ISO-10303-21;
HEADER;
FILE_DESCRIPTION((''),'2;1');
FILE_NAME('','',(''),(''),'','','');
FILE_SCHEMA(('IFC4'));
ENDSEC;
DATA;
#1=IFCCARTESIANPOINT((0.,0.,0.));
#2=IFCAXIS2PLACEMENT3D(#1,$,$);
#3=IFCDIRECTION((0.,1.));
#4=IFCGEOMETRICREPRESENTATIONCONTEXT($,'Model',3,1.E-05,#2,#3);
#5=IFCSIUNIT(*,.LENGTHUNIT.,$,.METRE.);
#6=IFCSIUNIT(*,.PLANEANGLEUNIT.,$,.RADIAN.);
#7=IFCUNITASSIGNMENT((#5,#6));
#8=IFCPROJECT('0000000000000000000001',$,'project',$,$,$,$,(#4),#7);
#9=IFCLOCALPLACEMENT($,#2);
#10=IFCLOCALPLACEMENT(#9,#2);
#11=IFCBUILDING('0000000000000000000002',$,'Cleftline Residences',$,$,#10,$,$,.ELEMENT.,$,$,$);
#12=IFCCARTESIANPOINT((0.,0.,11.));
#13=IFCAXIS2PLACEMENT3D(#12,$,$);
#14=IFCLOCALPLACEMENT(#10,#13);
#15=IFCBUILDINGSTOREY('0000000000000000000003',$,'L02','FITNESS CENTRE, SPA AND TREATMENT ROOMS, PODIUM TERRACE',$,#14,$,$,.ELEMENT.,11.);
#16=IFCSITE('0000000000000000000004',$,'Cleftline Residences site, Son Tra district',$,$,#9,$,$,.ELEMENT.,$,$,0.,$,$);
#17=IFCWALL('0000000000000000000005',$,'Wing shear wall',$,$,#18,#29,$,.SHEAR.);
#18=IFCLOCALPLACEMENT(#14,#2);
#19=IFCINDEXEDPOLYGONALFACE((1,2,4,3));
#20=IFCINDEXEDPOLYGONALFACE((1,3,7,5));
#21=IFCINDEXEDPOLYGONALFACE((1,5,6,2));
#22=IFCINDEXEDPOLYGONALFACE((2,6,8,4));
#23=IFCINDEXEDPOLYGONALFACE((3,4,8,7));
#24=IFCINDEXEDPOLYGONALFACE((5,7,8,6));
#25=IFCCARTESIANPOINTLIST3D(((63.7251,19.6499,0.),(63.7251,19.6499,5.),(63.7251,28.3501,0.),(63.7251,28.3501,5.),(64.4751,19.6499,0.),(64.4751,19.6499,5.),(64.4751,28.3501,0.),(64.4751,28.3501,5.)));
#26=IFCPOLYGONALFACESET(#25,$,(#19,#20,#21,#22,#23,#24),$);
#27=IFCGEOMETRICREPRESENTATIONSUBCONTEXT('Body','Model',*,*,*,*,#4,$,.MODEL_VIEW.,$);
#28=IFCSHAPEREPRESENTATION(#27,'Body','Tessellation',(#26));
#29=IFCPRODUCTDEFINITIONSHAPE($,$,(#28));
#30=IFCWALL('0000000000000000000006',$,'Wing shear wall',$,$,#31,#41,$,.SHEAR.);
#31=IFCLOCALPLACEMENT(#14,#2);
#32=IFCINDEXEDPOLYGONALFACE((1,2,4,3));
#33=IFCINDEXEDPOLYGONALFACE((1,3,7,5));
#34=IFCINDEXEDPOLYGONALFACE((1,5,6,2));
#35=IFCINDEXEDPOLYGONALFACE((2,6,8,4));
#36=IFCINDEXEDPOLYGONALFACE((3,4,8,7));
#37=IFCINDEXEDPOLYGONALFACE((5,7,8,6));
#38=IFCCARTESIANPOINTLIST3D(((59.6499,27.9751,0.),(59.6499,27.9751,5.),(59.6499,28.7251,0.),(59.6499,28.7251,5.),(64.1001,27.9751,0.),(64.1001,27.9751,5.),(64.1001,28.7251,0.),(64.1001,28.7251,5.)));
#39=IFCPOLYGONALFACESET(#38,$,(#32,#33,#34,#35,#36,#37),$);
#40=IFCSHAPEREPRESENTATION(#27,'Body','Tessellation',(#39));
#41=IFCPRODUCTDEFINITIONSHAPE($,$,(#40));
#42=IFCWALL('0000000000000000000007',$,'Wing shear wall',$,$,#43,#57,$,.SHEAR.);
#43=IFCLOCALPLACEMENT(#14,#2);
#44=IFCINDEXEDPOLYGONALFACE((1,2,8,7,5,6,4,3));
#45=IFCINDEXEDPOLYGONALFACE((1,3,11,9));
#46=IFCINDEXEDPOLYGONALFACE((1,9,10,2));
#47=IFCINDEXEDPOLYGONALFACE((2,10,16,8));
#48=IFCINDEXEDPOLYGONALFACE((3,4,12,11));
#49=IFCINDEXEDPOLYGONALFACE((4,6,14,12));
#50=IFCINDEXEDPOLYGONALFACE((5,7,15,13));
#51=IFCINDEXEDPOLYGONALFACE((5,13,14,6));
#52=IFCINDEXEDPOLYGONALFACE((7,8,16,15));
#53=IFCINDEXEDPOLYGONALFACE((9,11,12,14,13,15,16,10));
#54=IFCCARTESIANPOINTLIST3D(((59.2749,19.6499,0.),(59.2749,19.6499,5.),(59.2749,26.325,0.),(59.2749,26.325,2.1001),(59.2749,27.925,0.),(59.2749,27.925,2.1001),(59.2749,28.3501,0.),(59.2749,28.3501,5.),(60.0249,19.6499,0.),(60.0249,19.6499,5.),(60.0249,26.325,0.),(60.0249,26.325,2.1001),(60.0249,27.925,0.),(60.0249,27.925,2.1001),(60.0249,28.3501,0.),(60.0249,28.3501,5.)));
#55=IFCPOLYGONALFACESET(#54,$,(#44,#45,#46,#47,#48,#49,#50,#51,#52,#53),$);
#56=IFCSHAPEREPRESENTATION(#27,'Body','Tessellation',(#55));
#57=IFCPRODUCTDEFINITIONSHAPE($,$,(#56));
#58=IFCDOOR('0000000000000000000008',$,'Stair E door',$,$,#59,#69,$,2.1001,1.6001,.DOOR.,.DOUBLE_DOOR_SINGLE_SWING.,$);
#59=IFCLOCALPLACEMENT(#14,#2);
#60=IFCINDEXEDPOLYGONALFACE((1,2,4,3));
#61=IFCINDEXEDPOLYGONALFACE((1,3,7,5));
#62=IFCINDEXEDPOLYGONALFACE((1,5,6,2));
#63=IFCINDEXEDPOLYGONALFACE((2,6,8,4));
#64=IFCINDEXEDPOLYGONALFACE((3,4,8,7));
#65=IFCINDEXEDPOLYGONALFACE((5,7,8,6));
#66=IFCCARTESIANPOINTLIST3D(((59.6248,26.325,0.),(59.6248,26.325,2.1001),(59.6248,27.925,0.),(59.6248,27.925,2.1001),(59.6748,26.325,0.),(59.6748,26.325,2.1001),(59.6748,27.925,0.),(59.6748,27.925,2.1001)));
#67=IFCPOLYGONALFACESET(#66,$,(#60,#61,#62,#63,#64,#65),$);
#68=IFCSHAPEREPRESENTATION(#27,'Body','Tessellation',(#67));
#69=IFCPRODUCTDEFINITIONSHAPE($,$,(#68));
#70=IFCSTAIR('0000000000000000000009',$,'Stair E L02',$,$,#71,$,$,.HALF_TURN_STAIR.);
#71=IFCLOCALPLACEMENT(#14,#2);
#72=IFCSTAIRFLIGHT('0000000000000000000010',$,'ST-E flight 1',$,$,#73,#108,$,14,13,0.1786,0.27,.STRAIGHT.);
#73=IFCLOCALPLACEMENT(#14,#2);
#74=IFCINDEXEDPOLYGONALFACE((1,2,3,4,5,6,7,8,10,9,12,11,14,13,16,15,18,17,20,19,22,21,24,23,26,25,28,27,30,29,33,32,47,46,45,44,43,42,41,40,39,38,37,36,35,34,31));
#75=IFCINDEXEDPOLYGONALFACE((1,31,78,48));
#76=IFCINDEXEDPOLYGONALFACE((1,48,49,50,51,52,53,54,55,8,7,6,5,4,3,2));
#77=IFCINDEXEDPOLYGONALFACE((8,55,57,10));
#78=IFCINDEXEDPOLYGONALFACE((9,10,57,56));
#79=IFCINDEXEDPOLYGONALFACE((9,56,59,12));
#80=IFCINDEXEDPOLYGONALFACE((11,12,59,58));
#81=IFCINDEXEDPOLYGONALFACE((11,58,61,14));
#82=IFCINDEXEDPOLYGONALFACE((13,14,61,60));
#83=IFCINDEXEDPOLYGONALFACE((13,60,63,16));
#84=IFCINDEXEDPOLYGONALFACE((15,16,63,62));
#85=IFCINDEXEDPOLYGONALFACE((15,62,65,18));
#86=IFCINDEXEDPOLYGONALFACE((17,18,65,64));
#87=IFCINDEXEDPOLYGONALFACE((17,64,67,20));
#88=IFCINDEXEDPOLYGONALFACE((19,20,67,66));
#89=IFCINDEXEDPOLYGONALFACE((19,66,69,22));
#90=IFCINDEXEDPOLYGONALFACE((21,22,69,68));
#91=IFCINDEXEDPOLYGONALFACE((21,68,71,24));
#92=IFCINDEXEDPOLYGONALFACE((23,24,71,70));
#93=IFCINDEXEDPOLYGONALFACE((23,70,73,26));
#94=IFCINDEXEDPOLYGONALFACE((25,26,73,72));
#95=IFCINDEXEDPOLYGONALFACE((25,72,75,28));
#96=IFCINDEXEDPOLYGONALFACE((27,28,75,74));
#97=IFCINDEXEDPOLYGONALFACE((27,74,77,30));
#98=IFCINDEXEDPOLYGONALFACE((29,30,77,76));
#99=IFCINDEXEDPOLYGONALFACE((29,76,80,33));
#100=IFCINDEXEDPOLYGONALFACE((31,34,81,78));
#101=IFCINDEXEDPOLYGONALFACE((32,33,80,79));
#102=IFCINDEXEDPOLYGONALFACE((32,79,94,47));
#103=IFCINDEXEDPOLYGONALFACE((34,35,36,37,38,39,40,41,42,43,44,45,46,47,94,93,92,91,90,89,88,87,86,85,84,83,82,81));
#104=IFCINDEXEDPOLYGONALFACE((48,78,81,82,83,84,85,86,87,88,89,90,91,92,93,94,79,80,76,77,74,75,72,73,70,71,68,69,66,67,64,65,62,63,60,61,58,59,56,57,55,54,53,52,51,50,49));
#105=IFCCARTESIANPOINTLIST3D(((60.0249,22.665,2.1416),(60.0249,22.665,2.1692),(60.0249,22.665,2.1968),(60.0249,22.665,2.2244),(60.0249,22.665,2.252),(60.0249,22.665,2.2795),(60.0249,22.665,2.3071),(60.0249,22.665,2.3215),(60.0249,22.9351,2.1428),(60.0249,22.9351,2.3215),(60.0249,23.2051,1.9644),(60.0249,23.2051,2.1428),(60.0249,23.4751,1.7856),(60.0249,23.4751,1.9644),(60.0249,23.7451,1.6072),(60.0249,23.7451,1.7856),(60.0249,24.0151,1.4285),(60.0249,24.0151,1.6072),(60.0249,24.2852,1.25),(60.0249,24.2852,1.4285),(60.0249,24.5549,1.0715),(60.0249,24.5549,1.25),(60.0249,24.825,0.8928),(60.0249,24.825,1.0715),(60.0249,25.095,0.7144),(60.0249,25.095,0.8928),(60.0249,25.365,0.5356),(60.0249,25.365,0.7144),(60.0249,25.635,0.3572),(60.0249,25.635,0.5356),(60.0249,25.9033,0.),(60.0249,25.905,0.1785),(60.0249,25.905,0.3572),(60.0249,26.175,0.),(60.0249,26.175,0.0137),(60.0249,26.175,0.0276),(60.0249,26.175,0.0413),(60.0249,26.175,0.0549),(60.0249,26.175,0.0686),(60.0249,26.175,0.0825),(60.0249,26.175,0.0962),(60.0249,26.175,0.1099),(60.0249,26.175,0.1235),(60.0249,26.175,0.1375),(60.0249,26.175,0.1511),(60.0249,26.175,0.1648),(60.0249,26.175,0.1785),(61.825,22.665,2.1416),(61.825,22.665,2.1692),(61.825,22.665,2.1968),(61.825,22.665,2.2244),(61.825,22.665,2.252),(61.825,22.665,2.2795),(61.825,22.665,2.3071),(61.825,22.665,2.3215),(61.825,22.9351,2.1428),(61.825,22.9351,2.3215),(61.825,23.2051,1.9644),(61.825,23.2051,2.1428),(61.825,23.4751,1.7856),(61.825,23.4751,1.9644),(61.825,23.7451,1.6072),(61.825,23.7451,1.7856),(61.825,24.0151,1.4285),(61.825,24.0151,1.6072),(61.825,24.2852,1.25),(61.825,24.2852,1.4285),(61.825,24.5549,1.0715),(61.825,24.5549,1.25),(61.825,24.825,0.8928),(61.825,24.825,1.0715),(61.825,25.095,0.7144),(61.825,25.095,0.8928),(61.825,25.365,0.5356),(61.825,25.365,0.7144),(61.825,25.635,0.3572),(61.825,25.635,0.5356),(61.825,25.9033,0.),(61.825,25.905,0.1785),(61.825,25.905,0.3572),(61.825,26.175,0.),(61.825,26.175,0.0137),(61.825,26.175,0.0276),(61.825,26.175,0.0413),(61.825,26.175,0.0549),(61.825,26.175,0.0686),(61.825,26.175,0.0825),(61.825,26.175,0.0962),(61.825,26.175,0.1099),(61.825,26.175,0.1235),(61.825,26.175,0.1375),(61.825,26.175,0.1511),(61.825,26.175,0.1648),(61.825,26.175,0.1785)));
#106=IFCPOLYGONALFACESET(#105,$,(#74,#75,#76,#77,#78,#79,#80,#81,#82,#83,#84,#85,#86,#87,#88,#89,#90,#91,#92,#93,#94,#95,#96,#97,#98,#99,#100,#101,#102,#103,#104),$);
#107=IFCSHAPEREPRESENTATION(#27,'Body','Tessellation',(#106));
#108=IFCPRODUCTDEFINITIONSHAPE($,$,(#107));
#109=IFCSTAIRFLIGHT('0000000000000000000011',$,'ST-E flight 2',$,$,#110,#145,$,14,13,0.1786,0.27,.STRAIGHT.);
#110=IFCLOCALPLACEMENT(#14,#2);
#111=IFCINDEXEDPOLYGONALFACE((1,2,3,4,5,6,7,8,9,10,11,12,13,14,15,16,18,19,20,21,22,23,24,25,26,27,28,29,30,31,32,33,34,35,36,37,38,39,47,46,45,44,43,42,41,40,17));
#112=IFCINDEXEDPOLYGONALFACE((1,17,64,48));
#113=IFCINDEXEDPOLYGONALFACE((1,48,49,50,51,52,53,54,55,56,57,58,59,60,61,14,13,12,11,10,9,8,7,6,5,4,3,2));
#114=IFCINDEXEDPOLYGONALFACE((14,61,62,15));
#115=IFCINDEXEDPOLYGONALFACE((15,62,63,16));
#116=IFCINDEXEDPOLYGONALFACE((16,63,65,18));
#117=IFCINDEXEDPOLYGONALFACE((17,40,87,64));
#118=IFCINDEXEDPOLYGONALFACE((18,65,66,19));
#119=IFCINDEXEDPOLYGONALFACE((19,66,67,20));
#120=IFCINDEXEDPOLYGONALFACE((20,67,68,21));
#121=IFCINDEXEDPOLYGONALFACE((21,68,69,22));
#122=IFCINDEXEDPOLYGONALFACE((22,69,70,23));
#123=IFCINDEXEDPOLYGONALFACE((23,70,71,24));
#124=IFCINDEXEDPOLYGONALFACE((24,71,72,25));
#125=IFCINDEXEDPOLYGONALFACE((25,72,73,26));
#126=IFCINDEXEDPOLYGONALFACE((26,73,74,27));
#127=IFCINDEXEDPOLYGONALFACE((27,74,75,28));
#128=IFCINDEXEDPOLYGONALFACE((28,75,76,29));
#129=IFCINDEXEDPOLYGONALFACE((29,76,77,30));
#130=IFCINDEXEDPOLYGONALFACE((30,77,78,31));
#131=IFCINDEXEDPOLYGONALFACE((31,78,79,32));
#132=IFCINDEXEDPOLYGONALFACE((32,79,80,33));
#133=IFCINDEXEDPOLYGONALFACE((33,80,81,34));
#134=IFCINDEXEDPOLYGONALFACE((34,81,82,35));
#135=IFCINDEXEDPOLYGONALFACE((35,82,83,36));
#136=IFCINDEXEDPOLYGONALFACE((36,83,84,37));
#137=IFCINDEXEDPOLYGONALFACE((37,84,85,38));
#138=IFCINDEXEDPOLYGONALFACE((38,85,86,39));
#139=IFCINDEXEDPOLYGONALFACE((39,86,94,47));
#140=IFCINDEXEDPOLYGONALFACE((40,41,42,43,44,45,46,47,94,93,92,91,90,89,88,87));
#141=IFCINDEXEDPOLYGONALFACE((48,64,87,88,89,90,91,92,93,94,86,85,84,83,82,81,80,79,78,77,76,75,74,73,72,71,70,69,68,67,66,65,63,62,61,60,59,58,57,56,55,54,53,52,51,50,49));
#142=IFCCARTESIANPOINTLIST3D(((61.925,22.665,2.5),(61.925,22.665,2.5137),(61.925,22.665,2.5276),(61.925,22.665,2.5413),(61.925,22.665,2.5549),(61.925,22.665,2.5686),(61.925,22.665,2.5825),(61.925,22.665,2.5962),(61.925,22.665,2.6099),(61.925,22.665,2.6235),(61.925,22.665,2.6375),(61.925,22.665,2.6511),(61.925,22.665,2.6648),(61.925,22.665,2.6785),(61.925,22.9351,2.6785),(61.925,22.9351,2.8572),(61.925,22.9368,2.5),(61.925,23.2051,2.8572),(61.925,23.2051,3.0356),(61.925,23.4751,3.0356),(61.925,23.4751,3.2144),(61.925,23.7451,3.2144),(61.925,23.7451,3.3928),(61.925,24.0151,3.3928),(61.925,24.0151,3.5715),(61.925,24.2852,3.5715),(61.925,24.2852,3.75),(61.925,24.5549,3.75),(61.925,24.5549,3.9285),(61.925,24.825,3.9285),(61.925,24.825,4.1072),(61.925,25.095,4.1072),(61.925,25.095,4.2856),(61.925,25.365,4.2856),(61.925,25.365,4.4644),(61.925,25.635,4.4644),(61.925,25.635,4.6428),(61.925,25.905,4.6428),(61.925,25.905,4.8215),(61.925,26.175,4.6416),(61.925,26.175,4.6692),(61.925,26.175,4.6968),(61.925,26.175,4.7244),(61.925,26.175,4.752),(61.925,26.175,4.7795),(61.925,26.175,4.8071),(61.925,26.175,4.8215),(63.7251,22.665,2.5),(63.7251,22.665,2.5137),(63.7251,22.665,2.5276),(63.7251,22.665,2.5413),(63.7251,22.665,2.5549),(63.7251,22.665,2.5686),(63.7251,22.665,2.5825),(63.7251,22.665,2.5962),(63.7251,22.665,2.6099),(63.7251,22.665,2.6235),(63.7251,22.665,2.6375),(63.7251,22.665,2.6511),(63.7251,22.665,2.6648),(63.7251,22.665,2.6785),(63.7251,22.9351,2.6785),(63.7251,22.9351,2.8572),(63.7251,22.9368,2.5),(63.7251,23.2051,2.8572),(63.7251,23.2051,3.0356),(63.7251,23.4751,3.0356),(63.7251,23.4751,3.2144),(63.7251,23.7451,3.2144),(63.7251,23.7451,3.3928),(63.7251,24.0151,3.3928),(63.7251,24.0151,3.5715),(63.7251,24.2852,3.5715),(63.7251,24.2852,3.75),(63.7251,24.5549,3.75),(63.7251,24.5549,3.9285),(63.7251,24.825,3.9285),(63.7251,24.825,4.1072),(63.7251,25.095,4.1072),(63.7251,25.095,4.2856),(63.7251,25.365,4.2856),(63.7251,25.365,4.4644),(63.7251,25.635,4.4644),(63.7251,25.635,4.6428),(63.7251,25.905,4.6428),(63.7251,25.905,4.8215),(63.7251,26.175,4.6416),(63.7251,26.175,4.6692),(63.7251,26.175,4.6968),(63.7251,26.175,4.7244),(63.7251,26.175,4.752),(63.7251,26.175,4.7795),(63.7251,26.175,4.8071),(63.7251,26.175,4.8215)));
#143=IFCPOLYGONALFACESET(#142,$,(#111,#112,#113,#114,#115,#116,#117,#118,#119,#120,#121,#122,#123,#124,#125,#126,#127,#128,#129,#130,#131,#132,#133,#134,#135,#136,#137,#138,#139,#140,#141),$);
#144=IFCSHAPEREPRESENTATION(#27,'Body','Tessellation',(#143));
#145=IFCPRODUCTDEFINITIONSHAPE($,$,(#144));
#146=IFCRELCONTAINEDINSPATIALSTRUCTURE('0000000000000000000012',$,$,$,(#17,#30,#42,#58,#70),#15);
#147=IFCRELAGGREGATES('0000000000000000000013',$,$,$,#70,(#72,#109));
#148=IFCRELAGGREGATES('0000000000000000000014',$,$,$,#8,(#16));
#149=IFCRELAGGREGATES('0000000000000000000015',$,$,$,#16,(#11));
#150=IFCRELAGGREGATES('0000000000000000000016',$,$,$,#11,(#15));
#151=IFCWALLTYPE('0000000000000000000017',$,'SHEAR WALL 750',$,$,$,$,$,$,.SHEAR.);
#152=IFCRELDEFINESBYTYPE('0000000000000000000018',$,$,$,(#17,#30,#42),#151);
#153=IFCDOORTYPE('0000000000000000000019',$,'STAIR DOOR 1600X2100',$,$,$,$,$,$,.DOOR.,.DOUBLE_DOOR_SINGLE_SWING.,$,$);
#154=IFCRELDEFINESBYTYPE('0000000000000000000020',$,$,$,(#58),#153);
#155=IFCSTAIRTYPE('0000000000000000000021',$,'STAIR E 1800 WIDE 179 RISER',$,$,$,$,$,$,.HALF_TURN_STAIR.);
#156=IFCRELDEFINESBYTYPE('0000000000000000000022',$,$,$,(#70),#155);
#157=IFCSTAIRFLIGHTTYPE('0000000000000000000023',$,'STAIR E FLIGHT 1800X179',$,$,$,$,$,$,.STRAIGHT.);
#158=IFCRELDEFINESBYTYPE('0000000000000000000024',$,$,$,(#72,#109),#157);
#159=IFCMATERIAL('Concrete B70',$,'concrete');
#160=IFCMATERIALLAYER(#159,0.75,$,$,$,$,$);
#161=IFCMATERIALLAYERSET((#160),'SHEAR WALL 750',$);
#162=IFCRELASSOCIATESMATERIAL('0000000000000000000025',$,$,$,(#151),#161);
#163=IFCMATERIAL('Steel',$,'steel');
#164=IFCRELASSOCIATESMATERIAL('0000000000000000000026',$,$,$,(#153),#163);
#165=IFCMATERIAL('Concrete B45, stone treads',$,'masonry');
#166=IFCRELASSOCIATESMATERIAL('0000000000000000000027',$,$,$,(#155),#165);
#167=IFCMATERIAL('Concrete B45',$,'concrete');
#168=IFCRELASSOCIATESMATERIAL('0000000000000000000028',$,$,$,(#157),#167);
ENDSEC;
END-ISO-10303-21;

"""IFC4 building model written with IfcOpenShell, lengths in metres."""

from ifc_helpers import new_model, si_unit, direction, frame, frame_2d, origin, place, context, subcontext, project, spatial, polyline, rectangle, outline, extrude, material, layer, layer_set, type_object, element, fill, aggregate, save


model = new_model("IFC4")

# Units and contexts
model_context = context("Model", 3, precision=1e-05, world=origin(), true_north=direction((0.0, 1.0)))
body_context = subcontext(model_context, "Body", "Model", "MODEL_VIEW")
ifc_project = project(units=[si_unit("LENGTHUNIT", "METRE"), si_unit("PLANEANGLEUNIT", "RADIAN")], contexts=[model_context])

# Site, building, storey
site_placement = place(None, origin())
site = spatial("IfcSite", under=ifc_project, at=site_placement, Name="Cleftline Residences site, Son Tra district", CompositionType="ELEMENT", RefElevation=0.0)
building_placement = place(site_placement, origin())
building = spatial("IfcBuilding", under=site, at=building_placement, Name="Cleftline Residences", CompositionType="ELEMENT")
storey_placement = place(building_placement, frame((0.0, 0.0, 11.0)))
storey = spatial("IfcBuildingStorey", under=building, at=storey_placement, Name="L02", Description="FITNESS CENTRE, SPA AND TREATMENT ROOMS, PODIUM TERRACE", CompositionType="ELEMENT", Elevation=11.0)

# Walls
ifc_material_1 = material(Name="Concrete B70", Category="concrete")
ifc_layer_1 = layer(ifc_material_1, 0.75)
ifc_layer_set_1 = layer_set([ifc_layer_1], Name="SHEAR WALL 750")
wall_type_1 = type_object("IfcWallType", Name="SHEAR WALL 750", PredefinedType="SHEAR", material=ifc_layer_set_1)
wall_1_placement = place(storey_placement, frame((64.1001, 19.6499, 0.0), z_axis=(0.0, 0.0, 1.0), x_axis=(0.0, 1.0, 0.0)))
element("IfcWall", 1, at=wall_1_placement, inside=storey, type_object=wall_type_1, Name="Wing shear wall", PredefinedType="SHEAR", context=body_context, shape_type="SweptSolid", body=[
    extrude(rectangle(XDim=8.7002, YDim=0.75, at=frame_2d((4.3501, 0.0))), origin(), (0.0, 0.0, 1.0), 5.0),
])
wall_2_placement = place(storey_placement, frame((64.1001, 28.3501, 0.0), z_axis=(0.0, 0.0, 1.0), x_axis=(-1.0, 0.0, 0.0)))
element("IfcWall", 2, at=wall_2_placement, inside=storey, type_object=wall_type_1, Name="Wing shear wall", PredefinedType="SHEAR", context=body_context, shape_type="SweptSolid", body=[
    extrude(rectangle(XDim=4.4502, YDim=0.75, at=frame_2d((2.2251, 0.0))), origin(), (0.0, 0.0, 1.0), 5.0),
])

# Wall, opening, door
wall_3_placement = place(storey_placement, frame((59.6499, 28.3501, 0.0), z_axis=(0.0, 0.0, 1.0), x_axis=(0.0, -1.0, 0.0)))
wall_3 = element("IfcWall", 3, at=wall_3_placement, inside=storey, type_object=wall_type_1, Name="Wing shear wall", PredefinedType="SHEAR", context=body_context, shape_type="SweptSolid", body=[
    extrude(rectangle(XDim=8.7002, YDim=0.75, at=frame_2d((4.3501, 0.0))), origin(), (0.0, 0.0, 1.0), 5.0),
])
opening_1_placement = place(wall_3_placement, frame((0.425, 0.0, 0.0)))
opening_1 = element("IfcOpeningElement", 4, at=opening_1_placement, cuts=wall_3, PredefinedType="OPENING", context=body_context, shape_type="SweptSolid", body=[
    extrude(rectangle(XDim=1.6001, YDim=2.1001, at=frame_2d((0.8, 1.05))), frame((0.0, 0.385, 0.0), z_axis=(0.0, -1.0, 0.0), x_axis=(1.0, 0.0, 0.0)), (0.0, 0.0, 1.0), 0.77),
])
ifc_material_2 = material(Name="Steel", Category="steel")
door_type_1 = type_object("IfcDoorType", Name="STAIR DOOR 1600X2100", OperationType="DOUBLE_DOOR_SINGLE_SWING", PredefinedType="DOOR", material=ifc_material_2)
door_1_placement = place(opening_1_placement, origin())
door_1 = element("IfcDoor", 5, at=door_1_placement, inside=storey, type_object=door_type_1, Name="Stair E door", OperationType="DOUBLE_DOOR_SINGLE_SWING", OverallHeight=2.1001, OverallWidth=1.6001, PredefinedType="DOOR", context=body_context, shape_type="SweptSolid", body=[
    extrude(rectangle(XDim=1.6001, YDim=2.1001, at=frame_2d((0.8, 1.05))), frame((0.0, 0.0249, 0.0), z_axis=(0.0, -1.0, 0.0), x_axis=(1.0, 0.0, 0.0)), (0.0, 0.0, 1.0), 0.05),
])
fill(opening_1, door_1)

# Stair, stair flights
ifc_material_3 = material(Name="Concrete B45, stone treads", Category="masonry")
stair_type = type_object("IfcStairType", Name="STAIR E 1800 WIDE 179 RISER", PredefinedType="HALF_TURN_STAIR", material=ifc_material_3)
stair_placement = place(storey_placement, origin())
stair = element("IfcStair", 6, at=stair_placement, inside=storey, type_object=stair_type, Name="Stair E L02", PredefinedType="HALF_TURN_STAIR")
ifc_material_4 = material(Name="Concrete B45", Category="concrete")
stair_flight_type = type_object("IfcStairFlightType", Name="STAIR E FLIGHT 1800X179", PredefinedType="STRAIGHT", material=ifc_material_4)
stair_flight_1_placement = place(storey_placement, frame((60.925, 26.175, 0.0), z_axis=(0.0, 0.0, 1.0), x_axis=(0.0, -1.0, 0.0)))
stair_flight_1 = element("IfcStairFlight", 7, at=stair_flight_1_placement, type_object=stair_flight_type, Name="ST-E flight 1", NumberOfRisers=14, NumberOfTreads=13, PredefinedType="STRAIGHT", RiserHeight=0.1786, TreadLength=0.27, context=body_context, shape_type="SweptSolid", body=[
    extrude(outline(polyline([(0.0, 0.0), (0.0, 0.0137), (0.0, 0.0276), (0.0, 0.0413), (0.0, 0.0549), (0.0, 0.0686), (0.0, 0.0825), (0.0, 0.0962), (0.0, 0.1099), (0.0, 0.1235), (0.0, 0.1375), (0.0, 0.1511), (0.0, 0.1648), (0.0, 0.1785), (0.27, 0.1785), (0.27, 0.3572), (0.54, 0.3572), (0.54, 0.5356), (0.8101, 0.5356), (0.8101, 0.7144), (1.0801, 0.7144), (1.0801, 0.8928), (1.3501, 0.8928), (1.3501, 1.0715), (1.6201, 1.0715), (1.6201, 1.25), (1.8899, 1.25), (1.8899, 1.4285), (2.1599, 1.4285), (2.1599, 1.6072), (2.4299, 1.6072), (2.4299, 1.7856), (2.7, 1.7856), (2.7, 1.9644), (2.97, 1.9644), (2.97, 2.1428), (3.24, 2.1428), (3.24, 2.3215), (3.51, 2.3215), (3.51, 2.5), (3.51, 2.4724), (3.51, 2.4448), (3.51, 2.4172), (3.51, 2.3896), (3.51, 2.3623), (3.51, 2.3347), (3.51, 2.3071), (3.51, 2.2795), (3.51, 2.252), (3.51, 2.2244), (3.51, 2.1968), (3.51, 2.1692), (3.51, 2.1416), (0.2717, 0.0), (0.0, 0.0)])), frame((0.0, 0.8999, 0.0), z_axis=(0.0, -1.0, 0.0), x_axis=(1.0, 0.0, 0.0)), (0.0, 0.0, 1.0), 1.8),
])
stair_flight_2_placement = place(storey_placement, frame((62.825, 22.665, 2.5), z_axis=(0.0, 0.0, 1.0), x_axis=(0.0, 1.0, 0.0)))
stair_flight_2 = element("IfcStairFlight", 8, at=stair_flight_2_placement, type_object=stair_flight_type, Name="ST-E flight 2", NumberOfRisers=14, NumberOfTreads=13, PredefinedType="STRAIGHT", RiserHeight=0.1786, TreadLength=0.27, context=body_context, shape_type="SweptSolid", body=[
    extrude(outline(polyline([(0.0, 0.0), (0.0, 0.0137), (0.0, 0.0276), (0.0, 0.0413), (0.0, 0.0549), (0.0, 0.0686), (0.0, 0.0825), (0.0, 0.0962), (0.0, 0.1099), (0.0, 0.1235), (0.0, 0.1375), (0.0, 0.1511), (0.0, 0.1648), (0.0, 0.1785), (0.27, 0.1785), (0.27, 0.3572), (0.54, 0.3572), (0.54, 0.5356), (0.8101, 0.5356), (0.8101, 0.7144), (1.0801, 0.7144), (1.0801, 0.8928), (1.3501, 0.8928), (1.3501, 1.0715), (1.6201, 1.0715), (1.6201, 1.25), (1.8899, 1.25), (1.8899, 1.4285), (2.1599, 1.4285), (2.1599, 1.6072), (2.4299, 1.6072), (2.4299, 1.7856), (2.7, 1.7856), (2.7, 1.9644), (2.97, 1.9644), (2.97, 2.1428), (3.24, 2.1428), (3.24, 2.3215), (3.51, 2.3215), (3.51, 2.5), (3.51, 2.4724), (3.51, 2.4448), (3.51, 2.4172), (3.51, 2.3896), (3.51, 2.3623), (3.51, 2.3347), (3.51, 2.3071), (3.51, 2.2795), (3.51, 2.252), (3.51, 2.2244), (3.51, 2.1968), (3.51, 2.1692), (3.51, 2.1416), (0.2717, 0.0), (0.0, 0.0)])), frame((0.0, 0.8999, 0.0), z_axis=(0.0, -1.0, 0.0), x_axis=(1.0, 0.0, 0.0)), (0.0, 0.0, 1.0), 1.8),
])
aggregate(stair, [stair_flight_1, stair_flight_2])

save(model, "model.ifc")
